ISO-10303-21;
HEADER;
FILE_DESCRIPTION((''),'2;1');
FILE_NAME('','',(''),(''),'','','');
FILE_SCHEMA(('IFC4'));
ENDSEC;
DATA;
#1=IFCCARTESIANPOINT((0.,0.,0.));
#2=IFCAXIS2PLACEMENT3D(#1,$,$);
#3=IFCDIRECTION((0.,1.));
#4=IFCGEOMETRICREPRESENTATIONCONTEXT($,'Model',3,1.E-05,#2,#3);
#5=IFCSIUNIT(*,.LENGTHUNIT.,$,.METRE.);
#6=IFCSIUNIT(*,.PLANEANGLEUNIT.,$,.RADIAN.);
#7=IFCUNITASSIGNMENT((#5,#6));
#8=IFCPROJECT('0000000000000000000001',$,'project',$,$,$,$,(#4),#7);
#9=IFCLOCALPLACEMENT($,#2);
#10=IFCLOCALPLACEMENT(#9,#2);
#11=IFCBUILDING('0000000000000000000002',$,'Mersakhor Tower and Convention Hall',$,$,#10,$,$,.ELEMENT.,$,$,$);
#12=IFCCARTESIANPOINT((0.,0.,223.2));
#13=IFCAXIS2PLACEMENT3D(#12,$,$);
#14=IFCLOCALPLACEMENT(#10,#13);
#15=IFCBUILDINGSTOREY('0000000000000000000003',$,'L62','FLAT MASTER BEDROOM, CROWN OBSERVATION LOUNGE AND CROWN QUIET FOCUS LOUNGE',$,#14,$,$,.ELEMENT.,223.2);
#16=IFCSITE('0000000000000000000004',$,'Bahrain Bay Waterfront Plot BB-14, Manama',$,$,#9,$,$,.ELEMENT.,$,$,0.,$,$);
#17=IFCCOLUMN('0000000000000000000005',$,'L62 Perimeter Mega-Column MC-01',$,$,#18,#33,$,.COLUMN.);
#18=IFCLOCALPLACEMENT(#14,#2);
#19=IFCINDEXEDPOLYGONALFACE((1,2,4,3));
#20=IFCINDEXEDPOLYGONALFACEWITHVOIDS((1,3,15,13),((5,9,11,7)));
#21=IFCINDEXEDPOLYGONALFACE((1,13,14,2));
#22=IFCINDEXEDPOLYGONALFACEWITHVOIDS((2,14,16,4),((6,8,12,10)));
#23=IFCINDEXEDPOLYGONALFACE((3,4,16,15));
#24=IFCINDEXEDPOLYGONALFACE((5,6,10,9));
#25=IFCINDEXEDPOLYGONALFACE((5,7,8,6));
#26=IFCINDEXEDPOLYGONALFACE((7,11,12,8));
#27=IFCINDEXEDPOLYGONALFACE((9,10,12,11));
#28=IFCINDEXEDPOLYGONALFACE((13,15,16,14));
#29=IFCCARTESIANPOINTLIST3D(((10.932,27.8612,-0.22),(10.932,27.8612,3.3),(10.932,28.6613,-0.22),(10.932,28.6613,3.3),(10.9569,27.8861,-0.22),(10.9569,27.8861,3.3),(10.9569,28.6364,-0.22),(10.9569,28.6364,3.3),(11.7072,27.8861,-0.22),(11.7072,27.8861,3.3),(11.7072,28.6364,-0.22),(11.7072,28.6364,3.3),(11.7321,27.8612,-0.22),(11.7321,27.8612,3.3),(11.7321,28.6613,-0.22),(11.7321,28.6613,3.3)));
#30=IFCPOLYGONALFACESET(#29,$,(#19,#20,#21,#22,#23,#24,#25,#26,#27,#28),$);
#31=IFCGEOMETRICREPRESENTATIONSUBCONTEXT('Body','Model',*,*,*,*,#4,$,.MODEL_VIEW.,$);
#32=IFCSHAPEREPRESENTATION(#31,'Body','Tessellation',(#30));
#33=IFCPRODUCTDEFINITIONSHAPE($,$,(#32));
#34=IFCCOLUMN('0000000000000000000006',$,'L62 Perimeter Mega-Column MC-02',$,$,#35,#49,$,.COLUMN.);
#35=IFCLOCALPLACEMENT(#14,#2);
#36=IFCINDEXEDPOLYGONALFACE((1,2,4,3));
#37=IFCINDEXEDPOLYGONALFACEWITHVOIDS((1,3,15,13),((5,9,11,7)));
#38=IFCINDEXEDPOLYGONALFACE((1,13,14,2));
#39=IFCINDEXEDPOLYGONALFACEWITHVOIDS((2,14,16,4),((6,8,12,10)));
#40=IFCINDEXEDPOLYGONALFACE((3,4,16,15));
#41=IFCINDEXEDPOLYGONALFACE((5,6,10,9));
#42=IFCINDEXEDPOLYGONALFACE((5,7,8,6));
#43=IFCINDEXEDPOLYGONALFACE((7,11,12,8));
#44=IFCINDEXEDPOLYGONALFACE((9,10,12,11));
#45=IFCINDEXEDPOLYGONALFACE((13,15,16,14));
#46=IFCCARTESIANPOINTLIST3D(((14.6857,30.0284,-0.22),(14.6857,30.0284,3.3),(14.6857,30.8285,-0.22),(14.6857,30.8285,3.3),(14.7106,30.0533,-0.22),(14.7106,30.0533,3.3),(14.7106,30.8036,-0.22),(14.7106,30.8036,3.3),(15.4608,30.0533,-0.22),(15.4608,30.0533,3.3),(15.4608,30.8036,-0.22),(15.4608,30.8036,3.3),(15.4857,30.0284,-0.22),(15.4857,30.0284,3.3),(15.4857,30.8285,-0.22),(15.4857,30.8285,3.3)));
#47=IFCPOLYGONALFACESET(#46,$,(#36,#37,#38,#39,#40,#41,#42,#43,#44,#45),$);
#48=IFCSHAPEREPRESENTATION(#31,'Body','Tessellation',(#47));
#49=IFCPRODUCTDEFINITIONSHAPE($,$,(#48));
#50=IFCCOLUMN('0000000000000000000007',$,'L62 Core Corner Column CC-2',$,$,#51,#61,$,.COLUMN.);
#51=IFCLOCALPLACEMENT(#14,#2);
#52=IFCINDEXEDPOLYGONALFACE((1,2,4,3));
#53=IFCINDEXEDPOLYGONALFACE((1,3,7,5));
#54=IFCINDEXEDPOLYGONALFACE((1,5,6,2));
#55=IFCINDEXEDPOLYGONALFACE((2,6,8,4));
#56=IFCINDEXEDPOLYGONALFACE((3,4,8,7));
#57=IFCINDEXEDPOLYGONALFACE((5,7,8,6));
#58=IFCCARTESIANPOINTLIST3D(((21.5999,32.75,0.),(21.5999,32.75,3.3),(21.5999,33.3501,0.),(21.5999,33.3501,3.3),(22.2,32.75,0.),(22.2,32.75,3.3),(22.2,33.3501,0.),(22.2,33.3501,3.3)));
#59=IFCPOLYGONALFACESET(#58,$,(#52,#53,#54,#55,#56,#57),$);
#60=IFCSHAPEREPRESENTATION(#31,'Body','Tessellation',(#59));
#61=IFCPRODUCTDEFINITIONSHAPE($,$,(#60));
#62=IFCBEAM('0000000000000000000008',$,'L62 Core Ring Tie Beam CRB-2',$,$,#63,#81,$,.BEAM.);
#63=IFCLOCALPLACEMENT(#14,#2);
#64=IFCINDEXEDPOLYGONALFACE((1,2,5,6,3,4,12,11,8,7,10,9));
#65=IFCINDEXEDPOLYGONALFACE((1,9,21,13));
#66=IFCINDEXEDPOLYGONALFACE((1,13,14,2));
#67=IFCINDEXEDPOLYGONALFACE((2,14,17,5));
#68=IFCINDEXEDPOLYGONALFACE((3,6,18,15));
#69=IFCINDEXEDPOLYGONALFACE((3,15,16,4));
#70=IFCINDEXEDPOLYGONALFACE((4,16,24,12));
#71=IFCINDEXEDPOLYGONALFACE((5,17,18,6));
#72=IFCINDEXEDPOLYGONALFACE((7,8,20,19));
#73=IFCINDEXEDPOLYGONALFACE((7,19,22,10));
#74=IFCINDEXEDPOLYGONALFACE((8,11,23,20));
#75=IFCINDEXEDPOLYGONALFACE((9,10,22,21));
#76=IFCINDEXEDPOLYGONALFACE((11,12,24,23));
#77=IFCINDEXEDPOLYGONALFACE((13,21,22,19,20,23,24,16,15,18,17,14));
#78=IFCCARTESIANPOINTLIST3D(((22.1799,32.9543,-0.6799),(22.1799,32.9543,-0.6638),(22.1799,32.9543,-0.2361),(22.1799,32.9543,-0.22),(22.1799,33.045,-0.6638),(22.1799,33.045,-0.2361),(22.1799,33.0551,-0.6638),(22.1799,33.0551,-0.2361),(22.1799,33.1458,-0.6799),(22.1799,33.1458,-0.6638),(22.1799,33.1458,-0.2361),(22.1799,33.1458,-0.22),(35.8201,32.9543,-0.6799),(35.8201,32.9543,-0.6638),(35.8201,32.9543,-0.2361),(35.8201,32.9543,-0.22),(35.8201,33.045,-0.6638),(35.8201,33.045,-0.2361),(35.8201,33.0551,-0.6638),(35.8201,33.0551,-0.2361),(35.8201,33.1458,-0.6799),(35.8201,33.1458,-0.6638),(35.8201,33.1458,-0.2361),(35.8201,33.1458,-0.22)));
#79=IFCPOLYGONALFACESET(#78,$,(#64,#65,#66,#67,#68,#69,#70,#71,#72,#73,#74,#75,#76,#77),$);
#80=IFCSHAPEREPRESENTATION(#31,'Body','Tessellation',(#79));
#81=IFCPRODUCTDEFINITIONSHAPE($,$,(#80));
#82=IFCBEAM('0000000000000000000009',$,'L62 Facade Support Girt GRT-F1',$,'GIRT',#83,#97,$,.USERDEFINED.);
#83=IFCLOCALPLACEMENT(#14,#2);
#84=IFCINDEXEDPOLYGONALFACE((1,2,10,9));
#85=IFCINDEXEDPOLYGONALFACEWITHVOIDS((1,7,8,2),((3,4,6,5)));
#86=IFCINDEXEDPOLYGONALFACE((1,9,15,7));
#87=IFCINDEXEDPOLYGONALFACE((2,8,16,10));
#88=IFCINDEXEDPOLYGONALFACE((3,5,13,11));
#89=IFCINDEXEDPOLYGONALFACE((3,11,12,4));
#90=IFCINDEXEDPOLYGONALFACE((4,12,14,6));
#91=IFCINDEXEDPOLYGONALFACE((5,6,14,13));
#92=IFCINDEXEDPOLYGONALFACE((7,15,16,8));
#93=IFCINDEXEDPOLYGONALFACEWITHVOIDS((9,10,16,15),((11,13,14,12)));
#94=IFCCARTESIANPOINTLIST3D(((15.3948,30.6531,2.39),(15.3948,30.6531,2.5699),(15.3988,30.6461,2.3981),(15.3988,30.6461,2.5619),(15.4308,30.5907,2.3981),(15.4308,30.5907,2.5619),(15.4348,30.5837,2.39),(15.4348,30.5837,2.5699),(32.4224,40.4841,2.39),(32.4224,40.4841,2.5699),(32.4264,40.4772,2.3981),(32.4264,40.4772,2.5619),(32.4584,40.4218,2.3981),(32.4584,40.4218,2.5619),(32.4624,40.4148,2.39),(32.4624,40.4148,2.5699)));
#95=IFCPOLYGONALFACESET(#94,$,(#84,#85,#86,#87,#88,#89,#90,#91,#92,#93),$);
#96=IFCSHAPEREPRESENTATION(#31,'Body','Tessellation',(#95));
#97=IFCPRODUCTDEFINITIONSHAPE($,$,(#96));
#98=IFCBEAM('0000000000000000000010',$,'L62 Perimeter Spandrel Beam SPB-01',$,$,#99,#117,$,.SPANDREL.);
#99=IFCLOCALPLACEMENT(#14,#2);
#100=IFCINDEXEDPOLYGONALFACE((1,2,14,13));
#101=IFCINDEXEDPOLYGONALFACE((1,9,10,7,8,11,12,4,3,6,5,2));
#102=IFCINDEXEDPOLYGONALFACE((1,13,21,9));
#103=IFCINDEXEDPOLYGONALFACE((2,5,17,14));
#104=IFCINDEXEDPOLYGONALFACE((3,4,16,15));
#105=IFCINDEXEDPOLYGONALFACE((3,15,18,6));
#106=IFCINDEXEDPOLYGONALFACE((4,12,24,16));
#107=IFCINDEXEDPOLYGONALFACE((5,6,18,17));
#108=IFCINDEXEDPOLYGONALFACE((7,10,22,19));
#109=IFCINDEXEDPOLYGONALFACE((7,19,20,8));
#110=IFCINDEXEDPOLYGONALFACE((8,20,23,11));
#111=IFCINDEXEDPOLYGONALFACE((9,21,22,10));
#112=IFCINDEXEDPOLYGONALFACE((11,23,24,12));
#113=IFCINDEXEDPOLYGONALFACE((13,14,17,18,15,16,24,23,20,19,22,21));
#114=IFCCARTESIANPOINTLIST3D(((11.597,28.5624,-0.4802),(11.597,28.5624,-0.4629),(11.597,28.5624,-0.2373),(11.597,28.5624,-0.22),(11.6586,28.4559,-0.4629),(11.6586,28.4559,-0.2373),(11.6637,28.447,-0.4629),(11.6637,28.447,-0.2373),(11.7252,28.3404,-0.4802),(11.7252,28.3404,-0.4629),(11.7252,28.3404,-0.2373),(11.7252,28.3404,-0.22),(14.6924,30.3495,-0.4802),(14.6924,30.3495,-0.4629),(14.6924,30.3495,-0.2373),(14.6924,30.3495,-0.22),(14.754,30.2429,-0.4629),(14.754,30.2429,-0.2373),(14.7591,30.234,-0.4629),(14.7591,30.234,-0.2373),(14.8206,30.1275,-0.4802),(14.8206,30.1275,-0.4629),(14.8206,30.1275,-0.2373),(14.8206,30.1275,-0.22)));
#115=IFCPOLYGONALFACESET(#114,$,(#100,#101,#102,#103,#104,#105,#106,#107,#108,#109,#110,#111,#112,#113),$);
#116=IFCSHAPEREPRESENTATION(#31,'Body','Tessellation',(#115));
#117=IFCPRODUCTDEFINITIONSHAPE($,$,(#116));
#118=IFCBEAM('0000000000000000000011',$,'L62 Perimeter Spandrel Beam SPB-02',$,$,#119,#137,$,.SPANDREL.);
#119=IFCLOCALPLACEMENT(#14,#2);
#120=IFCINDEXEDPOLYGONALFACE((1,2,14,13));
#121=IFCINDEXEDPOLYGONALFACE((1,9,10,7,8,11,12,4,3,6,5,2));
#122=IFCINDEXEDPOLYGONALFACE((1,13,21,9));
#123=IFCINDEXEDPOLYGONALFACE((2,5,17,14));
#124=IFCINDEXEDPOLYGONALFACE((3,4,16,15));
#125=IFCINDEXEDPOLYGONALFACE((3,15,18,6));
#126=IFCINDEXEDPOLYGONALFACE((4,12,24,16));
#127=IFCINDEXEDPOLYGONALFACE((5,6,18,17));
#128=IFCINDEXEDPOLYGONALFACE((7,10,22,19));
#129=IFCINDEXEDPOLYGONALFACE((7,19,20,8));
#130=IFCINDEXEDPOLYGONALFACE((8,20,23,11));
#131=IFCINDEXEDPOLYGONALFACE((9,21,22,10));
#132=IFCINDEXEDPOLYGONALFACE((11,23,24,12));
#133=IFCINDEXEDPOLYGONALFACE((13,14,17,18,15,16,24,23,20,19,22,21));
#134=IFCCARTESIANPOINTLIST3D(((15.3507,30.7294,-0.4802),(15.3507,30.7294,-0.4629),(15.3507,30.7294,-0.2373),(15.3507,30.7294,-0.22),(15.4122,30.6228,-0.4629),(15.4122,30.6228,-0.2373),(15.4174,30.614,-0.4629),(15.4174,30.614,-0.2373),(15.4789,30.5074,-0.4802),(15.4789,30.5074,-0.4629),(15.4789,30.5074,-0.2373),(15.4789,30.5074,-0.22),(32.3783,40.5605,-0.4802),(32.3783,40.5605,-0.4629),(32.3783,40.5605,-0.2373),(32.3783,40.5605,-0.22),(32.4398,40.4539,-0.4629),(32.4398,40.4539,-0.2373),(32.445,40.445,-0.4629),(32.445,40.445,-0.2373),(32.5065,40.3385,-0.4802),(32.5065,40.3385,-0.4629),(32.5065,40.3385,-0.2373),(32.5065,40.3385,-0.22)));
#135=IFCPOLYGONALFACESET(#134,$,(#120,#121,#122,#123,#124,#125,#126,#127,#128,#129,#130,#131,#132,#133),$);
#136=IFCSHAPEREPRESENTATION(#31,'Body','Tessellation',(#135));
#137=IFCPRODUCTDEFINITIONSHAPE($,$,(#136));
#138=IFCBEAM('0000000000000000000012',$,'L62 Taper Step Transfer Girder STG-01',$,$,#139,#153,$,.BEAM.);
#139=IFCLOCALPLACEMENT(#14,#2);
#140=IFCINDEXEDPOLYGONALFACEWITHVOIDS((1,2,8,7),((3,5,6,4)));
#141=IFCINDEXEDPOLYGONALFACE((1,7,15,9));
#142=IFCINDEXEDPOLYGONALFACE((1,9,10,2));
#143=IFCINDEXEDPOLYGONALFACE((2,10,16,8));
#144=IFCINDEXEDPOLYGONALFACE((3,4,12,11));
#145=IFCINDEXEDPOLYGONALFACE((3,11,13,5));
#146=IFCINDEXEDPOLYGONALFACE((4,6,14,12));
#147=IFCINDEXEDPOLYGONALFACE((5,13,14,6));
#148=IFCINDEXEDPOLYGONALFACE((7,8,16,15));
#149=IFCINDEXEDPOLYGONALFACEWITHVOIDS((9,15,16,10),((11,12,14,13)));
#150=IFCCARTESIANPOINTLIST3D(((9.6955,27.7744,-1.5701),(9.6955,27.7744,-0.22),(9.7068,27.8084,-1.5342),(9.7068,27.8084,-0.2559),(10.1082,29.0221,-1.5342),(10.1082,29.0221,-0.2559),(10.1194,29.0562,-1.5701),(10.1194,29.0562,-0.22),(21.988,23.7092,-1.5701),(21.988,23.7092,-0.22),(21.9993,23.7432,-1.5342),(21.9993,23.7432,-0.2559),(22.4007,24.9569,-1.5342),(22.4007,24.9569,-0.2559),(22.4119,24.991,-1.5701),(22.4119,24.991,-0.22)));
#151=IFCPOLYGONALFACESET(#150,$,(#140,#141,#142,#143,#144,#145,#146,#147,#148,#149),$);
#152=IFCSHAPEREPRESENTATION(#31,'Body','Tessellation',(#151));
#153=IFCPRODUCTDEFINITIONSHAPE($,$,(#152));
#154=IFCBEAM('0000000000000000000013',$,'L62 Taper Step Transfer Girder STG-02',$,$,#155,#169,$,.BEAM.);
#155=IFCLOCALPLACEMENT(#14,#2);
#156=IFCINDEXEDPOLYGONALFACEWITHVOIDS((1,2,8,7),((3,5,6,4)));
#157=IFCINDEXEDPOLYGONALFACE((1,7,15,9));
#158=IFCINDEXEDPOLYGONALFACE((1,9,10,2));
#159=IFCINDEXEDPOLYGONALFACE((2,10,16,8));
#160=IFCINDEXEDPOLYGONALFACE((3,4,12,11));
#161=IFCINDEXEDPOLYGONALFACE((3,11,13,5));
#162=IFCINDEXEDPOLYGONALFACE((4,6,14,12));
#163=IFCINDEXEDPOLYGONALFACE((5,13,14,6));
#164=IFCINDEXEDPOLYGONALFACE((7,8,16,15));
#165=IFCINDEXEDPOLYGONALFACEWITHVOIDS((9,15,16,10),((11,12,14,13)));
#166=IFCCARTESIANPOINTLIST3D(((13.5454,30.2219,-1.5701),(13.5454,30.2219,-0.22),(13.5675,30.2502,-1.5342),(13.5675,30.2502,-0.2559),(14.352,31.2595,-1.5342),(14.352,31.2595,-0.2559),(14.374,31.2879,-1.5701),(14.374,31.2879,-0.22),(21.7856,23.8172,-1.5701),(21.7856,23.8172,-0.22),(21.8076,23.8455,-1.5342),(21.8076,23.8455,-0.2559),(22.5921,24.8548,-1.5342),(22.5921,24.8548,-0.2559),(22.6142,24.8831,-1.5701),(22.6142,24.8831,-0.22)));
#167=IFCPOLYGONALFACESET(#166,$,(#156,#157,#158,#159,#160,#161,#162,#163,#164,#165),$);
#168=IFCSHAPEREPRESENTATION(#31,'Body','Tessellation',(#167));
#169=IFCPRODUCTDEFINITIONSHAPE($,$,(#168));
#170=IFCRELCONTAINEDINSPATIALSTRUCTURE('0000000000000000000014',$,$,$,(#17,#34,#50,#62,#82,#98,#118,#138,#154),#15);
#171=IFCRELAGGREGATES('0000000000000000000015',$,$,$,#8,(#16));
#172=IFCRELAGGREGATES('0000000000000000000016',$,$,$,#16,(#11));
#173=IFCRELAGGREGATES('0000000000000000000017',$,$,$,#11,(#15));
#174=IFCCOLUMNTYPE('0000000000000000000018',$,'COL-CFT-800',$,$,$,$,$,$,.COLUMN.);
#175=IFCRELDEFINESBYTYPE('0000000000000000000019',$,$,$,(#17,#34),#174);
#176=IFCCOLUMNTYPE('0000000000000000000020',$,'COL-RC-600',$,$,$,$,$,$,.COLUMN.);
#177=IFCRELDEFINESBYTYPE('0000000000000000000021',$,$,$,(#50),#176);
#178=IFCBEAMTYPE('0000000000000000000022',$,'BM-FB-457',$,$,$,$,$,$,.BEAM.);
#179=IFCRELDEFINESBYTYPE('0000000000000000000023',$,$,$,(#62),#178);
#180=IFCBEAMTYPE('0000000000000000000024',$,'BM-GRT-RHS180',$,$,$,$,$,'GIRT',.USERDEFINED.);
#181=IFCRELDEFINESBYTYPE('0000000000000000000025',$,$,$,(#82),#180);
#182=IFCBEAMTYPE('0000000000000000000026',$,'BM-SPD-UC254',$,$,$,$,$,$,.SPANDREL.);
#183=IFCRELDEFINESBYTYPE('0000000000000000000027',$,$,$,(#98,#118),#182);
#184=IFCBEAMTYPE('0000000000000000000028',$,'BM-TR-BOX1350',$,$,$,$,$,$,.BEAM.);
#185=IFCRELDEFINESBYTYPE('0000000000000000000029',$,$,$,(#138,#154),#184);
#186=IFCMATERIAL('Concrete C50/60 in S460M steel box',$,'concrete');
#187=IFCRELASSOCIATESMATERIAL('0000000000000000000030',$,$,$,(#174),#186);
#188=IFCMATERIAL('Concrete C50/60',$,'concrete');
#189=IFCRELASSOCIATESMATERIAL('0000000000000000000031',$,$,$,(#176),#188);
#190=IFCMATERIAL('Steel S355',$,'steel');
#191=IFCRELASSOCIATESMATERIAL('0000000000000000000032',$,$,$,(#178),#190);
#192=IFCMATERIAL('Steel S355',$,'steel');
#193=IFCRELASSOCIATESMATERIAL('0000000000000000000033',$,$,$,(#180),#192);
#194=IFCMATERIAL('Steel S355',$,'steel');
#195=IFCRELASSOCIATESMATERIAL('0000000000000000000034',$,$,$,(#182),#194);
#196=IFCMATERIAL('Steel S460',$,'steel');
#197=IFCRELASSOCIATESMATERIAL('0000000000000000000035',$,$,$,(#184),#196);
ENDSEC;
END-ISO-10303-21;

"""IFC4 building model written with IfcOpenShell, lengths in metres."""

from ifc_helpers import new_model, si_unit, direction, frame, origin, origin_2d, place, context, subcontext, project, spatial, rectangle, hollow_rectangle, i_section, extrude, material, material_profile, profile_set, type_object, element, save


model = new_model("IFC4")

# Units and contexts
model_context = context("Model", 3, precision=1e-05, world=origin(), true_north=direction((0.0, 1.0)))
body_context = subcontext(model_context, "Body", "Model", "MODEL_VIEW")
ifc_project = project(units=[si_unit("LENGTHUNIT", "METRE"), si_unit("PLANEANGLEUNIT", "RADIAN")], contexts=[model_context])

# Site, building, storey
site_placement = place(None, origin())
site = spatial("IfcSite", under=ifc_project, at=site_placement, Name="Bahrain Bay Waterfront Plot BB-14, Manama", CompositionType="ELEMENT", RefElevation=0.0)
building_placement = place(site_placement, origin())
building = spatial("IfcBuilding", under=site, at=building_placement, Name="Mersakhor Tower and Convention Hall", CompositionType="ELEMENT")
storey_placement = place(building_placement, frame((0.0, 0.0, 223.2)))
storey = spatial("IfcBuildingStorey", under=building, at=storey_placement, Name="L62", Description="FLAT MASTER BEDROOM, CROWN OBSERVATION LOUNGE AND CROWN QUIET FOCUS LOUNGE", CompositionType="ELEMENT", Elevation=223.2)

# Columns
ifc_material_1 = material(Name="Concrete C50/60 in S460M steel box", Category="concrete")
ifc_material_profile_1 = material_profile(ifc_material_1, hollow_rectangle(XDim=0.8, YDim=0.8, WallThickness=0.0249, at=origin_2d()), Name="SHS 800x800x25")
ifc_profile_set_1 = profile_set([ifc_material_profile_1], Name="Concrete C50/60 in S460M steel box")
column_type_1 = type_object("IfcColumnType", Name="COL-CFT-800", PredefinedType="COLUMN", material=ifc_profile_set_1)
for number, where, z_axis, x_axis, name in (
    (1, (11.332, 28.2612, -0.22), (0.0, 0.0, 1.0), (1.0, 0.0, 0.0), "L62 Perimeter Mega-Column MC-01"),
    (2, (15.0857, 30.4285, -0.22), (0.0, 0.0, 1.0), (1.0, 0.0, 0.0), "L62 Perimeter Mega-Column MC-02"),
):
    element("IfcColumn", number, at=place(storey_placement, frame(where, z_axis=z_axis, x_axis=x_axis)), inside=storey, type_object=column_type_1, Name=name, PredefinedType="COLUMN", context=body_context, shape_type="SweptSolid", body=[
        extrude(hollow_rectangle(XDim=0.8, YDim=0.8, WallThickness=0.0249, at=origin_2d()), origin(), (0.0, 0.0, 1.0), 3.52),
    ])
ifc_material_2 = material(Name="Concrete C50/60", Category="concrete")
ifc_material_profile_2 = material_profile(ifc_material_2, rectangle(XDim=0.6001, YDim=0.6001, at=origin_2d()), Name="RC 600x600")
ifc_profile_set_2 = profile_set([ifc_material_profile_2], Name="Concrete C50/60")
column_type_2 = type_object("IfcColumnType", Name="COL-RC-600", PredefinedType="COLUMN", material=ifc_profile_set_2)
column_placement = place(storey_placement, frame((21.8999, 33.05, 0.0), z_axis=(0.0, 0.0, 1.0), x_axis=(1.0, 0.0, 0.0)))
element("IfcColumn", 3, at=column_placement, inside=storey, type_object=column_type_2, Name="L62 Core Corner Column CC-2", PredefinedType="COLUMN", context=body_context, shape_type="SweptSolid", body=[
    extrude(rectangle(XDim=0.6001, YDim=0.6001, at=origin_2d()), origin(), (0.0, 0.0, 1.0), 3.3),
])

# Beams
ifc_material_3 = material(Name="Steel S355", Category="steel")
ifc_material_profile_3 = material_profile(ifc_material_3, i_section(OverallWidth=0.1914, OverallDepth=0.46, WebThickness=0.01, FlangeThickness=0.0161, at=origin_2d()), Name="UB 457x191x82")
ifc_profile_set_3 = profile_set([ifc_material_profile_3], Name="Steel S355")
beam_type_1 = type_object("IfcBeamType", Name="BM-FB-457", PredefinedType="BEAM", material=ifc_profile_set_3)
beam_1_placement = place(storey_placement, frame((22.1799, 33.05, -0.45), z_axis=(1.0, 0.0, 0.0), x_axis=(0.0, 1.0, 0.0)))
element("IfcBeam", 4, at=beam_1_placement, inside=storey, type_object=beam_type_1, Name="L62 Core Ring Tie Beam CRB-2", PredefinedType="BEAM", context=body_context, shape_type="SweptSolid", body=[
    extrude(i_section(OverallWidth=0.1914, OverallDepth=0.46, WebThickness=0.01, FlangeThickness=0.0161, at=origin_2d()), origin(), (0.0, 0.0, 1.0), 13.6401),
])
ifc_material_4 = material(Name="Steel S355", Category="steel")
ifc_material_profile_4 = material_profile(ifc_material_4, hollow_rectangle(XDim=0.0801, YDim=0.1799, WallThickness=0.0081, at=origin_2d()), Name="RHS 180x80x8")
ifc_profile_set_4 = profile_set([ifc_material_profile_4], Name="Steel S355")
beam_type_2 = type_object("IfcBeamType", Name="BM-GRT-RHS180", ElementType="GIRT", PredefinedType="USERDEFINED", material=ifc_profile_set_4)
beam_2_placement = place(storey_placement, frame((15.4148, 30.6184, 2.48), z_axis=(0.866022, 0.500007, 0.0), x_axis=(-0.500007, 0.866022, 0.0)))
element("IfcBeam", 5, at=beam_2_placement, inside=storey, type_object=beam_type_2, Name="L62 Facade Support Girt GRT-F1", ObjectType="GIRT", PredefinedType="USERDEFINED", context=body_context, shape_type="SweptSolid", body=[
    extrude(hollow_rectangle(XDim=0.0801, YDim=0.1799, WallThickness=0.0081, at=origin_2d()), origin(), (0.0, 0.0, 1.0), 19.6619),
])
ifc_material_5 = material(Name="Steel S355", Category="steel")
ifc_material_profile_5 = material_profile(ifc_material_5, i_section(OverallWidth=0.2563, OverallDepth=0.2603, WebThickness=0.0103, FlangeThickness=0.0173, at=origin_2d()), Name="UC 254x254x89")
ifc_profile_set_5 = profile_set([ifc_material_profile_5], Name="Steel S355")
beam_type_3 = type_object("IfcBeamType", Name="BM-SPD-UC254", PredefinedType="SPANDREL", material=ifc_profile_set_5)
beam_3_placement = place(storey_placement, frame((11.6611, 28.4514, -0.3501), z_axis=(0.866032, 0.499989, 0.0), x_axis=(-0.499989, 0.866032, 0.0)))
element("IfcBeam", 6, at=beam_3_placement, inside=storey, type_object=beam_type_3, Name="L62 Perimeter Spandrel Beam SPB-01", PredefinedType="SPANDREL", context=body_context, shape_type="SweptSolid", body=[
    extrude(i_section(OverallWidth=0.2563, OverallDepth=0.2603, WebThickness=0.0103, FlangeThickness=0.0173, at=origin_2d()), origin(), (0.0, 0.0, 1.0), 3.5742),
])
beam_4_placement = place(storey_placement, frame((15.4148, 30.6184, -0.3501), z_axis=(0.866022, 0.500007, 0.0), x_axis=(-0.500007, 0.866022, 0.0)))
element("IfcBeam", 7, at=beam_4_placement, inside=storey, type_object=beam_type_3, Name="L62 Perimeter Spandrel Beam SPB-02", PredefinedType="SPANDREL", context=body_context, shape_type="SweptSolid", body=[
    extrude(i_section(OverallWidth=0.2563, OverallDepth=0.2603, WebThickness=0.0103, FlangeThickness=0.0173, at=origin_2d()), origin(), (0.0, 0.0, 1.0), 19.6619),
])
ifc_material_6 = material(Name="Steel S460", Category="steel")
ifc_material_profile_6 = material_profile(ifc_material_6, hollow_rectangle(XDim=1.3501, YDim=1.3501, WallThickness=0.0359, at=origin_2d()), Name="SHS 1350x1350x36")
ifc_profile_set_6 = profile_set([ifc_material_profile_6], Name="Steel S460")
beam_type_4 = type_object("IfcBeamType", Name="BM-TR-BOX1350", PredefinedType="BEAM", material=ifc_profile_set_6)
beam_5_placement = place(storey_placement, frame((9.9075, 28.4153, -0.895), z_axis=(0.949429, -0.313981, 0.0), x_axis=(0.313981, 0.949429, 0.0)))
element("IfcBeam", 8, at=beam_5_placement, inside=storey, type_object=beam_type_4, Name="L62 Taper Step Transfer Girder STG-01", PredefinedType="BEAM", context=body_context, shape_type="SweptSolid", body=[
    extrude(hollow_rectangle(XDim=1.3501, YDim=1.3501, WallThickness=0.0359, at=origin_2d()), origin(), (0.0, 0.0, 1.0), 12.9473),
])
beam_6_placement = place(storey_placement, frame((13.9597, 30.7549, -0.895), z_axis=(0.789551, -0.613685, 0.0), x_axis=(0.613685, 0.789551, 0.0)))
element("IfcBeam", 9, at=beam_6_placement, inside=storey, type_object=beam_type_4, Name="L62 Taper Step Transfer Girder STG-02", PredefinedType="BEAM", context=body_context, shape_type="SweptSolid", body=[
    extrude(hollow_rectangle(XDim=1.3501, YDim=1.3501, WallThickness=0.0359, at=origin_2d()), origin(), (0.0, 0.0, 1.0), 10.4365),
])

save(model, "model.ifc")
